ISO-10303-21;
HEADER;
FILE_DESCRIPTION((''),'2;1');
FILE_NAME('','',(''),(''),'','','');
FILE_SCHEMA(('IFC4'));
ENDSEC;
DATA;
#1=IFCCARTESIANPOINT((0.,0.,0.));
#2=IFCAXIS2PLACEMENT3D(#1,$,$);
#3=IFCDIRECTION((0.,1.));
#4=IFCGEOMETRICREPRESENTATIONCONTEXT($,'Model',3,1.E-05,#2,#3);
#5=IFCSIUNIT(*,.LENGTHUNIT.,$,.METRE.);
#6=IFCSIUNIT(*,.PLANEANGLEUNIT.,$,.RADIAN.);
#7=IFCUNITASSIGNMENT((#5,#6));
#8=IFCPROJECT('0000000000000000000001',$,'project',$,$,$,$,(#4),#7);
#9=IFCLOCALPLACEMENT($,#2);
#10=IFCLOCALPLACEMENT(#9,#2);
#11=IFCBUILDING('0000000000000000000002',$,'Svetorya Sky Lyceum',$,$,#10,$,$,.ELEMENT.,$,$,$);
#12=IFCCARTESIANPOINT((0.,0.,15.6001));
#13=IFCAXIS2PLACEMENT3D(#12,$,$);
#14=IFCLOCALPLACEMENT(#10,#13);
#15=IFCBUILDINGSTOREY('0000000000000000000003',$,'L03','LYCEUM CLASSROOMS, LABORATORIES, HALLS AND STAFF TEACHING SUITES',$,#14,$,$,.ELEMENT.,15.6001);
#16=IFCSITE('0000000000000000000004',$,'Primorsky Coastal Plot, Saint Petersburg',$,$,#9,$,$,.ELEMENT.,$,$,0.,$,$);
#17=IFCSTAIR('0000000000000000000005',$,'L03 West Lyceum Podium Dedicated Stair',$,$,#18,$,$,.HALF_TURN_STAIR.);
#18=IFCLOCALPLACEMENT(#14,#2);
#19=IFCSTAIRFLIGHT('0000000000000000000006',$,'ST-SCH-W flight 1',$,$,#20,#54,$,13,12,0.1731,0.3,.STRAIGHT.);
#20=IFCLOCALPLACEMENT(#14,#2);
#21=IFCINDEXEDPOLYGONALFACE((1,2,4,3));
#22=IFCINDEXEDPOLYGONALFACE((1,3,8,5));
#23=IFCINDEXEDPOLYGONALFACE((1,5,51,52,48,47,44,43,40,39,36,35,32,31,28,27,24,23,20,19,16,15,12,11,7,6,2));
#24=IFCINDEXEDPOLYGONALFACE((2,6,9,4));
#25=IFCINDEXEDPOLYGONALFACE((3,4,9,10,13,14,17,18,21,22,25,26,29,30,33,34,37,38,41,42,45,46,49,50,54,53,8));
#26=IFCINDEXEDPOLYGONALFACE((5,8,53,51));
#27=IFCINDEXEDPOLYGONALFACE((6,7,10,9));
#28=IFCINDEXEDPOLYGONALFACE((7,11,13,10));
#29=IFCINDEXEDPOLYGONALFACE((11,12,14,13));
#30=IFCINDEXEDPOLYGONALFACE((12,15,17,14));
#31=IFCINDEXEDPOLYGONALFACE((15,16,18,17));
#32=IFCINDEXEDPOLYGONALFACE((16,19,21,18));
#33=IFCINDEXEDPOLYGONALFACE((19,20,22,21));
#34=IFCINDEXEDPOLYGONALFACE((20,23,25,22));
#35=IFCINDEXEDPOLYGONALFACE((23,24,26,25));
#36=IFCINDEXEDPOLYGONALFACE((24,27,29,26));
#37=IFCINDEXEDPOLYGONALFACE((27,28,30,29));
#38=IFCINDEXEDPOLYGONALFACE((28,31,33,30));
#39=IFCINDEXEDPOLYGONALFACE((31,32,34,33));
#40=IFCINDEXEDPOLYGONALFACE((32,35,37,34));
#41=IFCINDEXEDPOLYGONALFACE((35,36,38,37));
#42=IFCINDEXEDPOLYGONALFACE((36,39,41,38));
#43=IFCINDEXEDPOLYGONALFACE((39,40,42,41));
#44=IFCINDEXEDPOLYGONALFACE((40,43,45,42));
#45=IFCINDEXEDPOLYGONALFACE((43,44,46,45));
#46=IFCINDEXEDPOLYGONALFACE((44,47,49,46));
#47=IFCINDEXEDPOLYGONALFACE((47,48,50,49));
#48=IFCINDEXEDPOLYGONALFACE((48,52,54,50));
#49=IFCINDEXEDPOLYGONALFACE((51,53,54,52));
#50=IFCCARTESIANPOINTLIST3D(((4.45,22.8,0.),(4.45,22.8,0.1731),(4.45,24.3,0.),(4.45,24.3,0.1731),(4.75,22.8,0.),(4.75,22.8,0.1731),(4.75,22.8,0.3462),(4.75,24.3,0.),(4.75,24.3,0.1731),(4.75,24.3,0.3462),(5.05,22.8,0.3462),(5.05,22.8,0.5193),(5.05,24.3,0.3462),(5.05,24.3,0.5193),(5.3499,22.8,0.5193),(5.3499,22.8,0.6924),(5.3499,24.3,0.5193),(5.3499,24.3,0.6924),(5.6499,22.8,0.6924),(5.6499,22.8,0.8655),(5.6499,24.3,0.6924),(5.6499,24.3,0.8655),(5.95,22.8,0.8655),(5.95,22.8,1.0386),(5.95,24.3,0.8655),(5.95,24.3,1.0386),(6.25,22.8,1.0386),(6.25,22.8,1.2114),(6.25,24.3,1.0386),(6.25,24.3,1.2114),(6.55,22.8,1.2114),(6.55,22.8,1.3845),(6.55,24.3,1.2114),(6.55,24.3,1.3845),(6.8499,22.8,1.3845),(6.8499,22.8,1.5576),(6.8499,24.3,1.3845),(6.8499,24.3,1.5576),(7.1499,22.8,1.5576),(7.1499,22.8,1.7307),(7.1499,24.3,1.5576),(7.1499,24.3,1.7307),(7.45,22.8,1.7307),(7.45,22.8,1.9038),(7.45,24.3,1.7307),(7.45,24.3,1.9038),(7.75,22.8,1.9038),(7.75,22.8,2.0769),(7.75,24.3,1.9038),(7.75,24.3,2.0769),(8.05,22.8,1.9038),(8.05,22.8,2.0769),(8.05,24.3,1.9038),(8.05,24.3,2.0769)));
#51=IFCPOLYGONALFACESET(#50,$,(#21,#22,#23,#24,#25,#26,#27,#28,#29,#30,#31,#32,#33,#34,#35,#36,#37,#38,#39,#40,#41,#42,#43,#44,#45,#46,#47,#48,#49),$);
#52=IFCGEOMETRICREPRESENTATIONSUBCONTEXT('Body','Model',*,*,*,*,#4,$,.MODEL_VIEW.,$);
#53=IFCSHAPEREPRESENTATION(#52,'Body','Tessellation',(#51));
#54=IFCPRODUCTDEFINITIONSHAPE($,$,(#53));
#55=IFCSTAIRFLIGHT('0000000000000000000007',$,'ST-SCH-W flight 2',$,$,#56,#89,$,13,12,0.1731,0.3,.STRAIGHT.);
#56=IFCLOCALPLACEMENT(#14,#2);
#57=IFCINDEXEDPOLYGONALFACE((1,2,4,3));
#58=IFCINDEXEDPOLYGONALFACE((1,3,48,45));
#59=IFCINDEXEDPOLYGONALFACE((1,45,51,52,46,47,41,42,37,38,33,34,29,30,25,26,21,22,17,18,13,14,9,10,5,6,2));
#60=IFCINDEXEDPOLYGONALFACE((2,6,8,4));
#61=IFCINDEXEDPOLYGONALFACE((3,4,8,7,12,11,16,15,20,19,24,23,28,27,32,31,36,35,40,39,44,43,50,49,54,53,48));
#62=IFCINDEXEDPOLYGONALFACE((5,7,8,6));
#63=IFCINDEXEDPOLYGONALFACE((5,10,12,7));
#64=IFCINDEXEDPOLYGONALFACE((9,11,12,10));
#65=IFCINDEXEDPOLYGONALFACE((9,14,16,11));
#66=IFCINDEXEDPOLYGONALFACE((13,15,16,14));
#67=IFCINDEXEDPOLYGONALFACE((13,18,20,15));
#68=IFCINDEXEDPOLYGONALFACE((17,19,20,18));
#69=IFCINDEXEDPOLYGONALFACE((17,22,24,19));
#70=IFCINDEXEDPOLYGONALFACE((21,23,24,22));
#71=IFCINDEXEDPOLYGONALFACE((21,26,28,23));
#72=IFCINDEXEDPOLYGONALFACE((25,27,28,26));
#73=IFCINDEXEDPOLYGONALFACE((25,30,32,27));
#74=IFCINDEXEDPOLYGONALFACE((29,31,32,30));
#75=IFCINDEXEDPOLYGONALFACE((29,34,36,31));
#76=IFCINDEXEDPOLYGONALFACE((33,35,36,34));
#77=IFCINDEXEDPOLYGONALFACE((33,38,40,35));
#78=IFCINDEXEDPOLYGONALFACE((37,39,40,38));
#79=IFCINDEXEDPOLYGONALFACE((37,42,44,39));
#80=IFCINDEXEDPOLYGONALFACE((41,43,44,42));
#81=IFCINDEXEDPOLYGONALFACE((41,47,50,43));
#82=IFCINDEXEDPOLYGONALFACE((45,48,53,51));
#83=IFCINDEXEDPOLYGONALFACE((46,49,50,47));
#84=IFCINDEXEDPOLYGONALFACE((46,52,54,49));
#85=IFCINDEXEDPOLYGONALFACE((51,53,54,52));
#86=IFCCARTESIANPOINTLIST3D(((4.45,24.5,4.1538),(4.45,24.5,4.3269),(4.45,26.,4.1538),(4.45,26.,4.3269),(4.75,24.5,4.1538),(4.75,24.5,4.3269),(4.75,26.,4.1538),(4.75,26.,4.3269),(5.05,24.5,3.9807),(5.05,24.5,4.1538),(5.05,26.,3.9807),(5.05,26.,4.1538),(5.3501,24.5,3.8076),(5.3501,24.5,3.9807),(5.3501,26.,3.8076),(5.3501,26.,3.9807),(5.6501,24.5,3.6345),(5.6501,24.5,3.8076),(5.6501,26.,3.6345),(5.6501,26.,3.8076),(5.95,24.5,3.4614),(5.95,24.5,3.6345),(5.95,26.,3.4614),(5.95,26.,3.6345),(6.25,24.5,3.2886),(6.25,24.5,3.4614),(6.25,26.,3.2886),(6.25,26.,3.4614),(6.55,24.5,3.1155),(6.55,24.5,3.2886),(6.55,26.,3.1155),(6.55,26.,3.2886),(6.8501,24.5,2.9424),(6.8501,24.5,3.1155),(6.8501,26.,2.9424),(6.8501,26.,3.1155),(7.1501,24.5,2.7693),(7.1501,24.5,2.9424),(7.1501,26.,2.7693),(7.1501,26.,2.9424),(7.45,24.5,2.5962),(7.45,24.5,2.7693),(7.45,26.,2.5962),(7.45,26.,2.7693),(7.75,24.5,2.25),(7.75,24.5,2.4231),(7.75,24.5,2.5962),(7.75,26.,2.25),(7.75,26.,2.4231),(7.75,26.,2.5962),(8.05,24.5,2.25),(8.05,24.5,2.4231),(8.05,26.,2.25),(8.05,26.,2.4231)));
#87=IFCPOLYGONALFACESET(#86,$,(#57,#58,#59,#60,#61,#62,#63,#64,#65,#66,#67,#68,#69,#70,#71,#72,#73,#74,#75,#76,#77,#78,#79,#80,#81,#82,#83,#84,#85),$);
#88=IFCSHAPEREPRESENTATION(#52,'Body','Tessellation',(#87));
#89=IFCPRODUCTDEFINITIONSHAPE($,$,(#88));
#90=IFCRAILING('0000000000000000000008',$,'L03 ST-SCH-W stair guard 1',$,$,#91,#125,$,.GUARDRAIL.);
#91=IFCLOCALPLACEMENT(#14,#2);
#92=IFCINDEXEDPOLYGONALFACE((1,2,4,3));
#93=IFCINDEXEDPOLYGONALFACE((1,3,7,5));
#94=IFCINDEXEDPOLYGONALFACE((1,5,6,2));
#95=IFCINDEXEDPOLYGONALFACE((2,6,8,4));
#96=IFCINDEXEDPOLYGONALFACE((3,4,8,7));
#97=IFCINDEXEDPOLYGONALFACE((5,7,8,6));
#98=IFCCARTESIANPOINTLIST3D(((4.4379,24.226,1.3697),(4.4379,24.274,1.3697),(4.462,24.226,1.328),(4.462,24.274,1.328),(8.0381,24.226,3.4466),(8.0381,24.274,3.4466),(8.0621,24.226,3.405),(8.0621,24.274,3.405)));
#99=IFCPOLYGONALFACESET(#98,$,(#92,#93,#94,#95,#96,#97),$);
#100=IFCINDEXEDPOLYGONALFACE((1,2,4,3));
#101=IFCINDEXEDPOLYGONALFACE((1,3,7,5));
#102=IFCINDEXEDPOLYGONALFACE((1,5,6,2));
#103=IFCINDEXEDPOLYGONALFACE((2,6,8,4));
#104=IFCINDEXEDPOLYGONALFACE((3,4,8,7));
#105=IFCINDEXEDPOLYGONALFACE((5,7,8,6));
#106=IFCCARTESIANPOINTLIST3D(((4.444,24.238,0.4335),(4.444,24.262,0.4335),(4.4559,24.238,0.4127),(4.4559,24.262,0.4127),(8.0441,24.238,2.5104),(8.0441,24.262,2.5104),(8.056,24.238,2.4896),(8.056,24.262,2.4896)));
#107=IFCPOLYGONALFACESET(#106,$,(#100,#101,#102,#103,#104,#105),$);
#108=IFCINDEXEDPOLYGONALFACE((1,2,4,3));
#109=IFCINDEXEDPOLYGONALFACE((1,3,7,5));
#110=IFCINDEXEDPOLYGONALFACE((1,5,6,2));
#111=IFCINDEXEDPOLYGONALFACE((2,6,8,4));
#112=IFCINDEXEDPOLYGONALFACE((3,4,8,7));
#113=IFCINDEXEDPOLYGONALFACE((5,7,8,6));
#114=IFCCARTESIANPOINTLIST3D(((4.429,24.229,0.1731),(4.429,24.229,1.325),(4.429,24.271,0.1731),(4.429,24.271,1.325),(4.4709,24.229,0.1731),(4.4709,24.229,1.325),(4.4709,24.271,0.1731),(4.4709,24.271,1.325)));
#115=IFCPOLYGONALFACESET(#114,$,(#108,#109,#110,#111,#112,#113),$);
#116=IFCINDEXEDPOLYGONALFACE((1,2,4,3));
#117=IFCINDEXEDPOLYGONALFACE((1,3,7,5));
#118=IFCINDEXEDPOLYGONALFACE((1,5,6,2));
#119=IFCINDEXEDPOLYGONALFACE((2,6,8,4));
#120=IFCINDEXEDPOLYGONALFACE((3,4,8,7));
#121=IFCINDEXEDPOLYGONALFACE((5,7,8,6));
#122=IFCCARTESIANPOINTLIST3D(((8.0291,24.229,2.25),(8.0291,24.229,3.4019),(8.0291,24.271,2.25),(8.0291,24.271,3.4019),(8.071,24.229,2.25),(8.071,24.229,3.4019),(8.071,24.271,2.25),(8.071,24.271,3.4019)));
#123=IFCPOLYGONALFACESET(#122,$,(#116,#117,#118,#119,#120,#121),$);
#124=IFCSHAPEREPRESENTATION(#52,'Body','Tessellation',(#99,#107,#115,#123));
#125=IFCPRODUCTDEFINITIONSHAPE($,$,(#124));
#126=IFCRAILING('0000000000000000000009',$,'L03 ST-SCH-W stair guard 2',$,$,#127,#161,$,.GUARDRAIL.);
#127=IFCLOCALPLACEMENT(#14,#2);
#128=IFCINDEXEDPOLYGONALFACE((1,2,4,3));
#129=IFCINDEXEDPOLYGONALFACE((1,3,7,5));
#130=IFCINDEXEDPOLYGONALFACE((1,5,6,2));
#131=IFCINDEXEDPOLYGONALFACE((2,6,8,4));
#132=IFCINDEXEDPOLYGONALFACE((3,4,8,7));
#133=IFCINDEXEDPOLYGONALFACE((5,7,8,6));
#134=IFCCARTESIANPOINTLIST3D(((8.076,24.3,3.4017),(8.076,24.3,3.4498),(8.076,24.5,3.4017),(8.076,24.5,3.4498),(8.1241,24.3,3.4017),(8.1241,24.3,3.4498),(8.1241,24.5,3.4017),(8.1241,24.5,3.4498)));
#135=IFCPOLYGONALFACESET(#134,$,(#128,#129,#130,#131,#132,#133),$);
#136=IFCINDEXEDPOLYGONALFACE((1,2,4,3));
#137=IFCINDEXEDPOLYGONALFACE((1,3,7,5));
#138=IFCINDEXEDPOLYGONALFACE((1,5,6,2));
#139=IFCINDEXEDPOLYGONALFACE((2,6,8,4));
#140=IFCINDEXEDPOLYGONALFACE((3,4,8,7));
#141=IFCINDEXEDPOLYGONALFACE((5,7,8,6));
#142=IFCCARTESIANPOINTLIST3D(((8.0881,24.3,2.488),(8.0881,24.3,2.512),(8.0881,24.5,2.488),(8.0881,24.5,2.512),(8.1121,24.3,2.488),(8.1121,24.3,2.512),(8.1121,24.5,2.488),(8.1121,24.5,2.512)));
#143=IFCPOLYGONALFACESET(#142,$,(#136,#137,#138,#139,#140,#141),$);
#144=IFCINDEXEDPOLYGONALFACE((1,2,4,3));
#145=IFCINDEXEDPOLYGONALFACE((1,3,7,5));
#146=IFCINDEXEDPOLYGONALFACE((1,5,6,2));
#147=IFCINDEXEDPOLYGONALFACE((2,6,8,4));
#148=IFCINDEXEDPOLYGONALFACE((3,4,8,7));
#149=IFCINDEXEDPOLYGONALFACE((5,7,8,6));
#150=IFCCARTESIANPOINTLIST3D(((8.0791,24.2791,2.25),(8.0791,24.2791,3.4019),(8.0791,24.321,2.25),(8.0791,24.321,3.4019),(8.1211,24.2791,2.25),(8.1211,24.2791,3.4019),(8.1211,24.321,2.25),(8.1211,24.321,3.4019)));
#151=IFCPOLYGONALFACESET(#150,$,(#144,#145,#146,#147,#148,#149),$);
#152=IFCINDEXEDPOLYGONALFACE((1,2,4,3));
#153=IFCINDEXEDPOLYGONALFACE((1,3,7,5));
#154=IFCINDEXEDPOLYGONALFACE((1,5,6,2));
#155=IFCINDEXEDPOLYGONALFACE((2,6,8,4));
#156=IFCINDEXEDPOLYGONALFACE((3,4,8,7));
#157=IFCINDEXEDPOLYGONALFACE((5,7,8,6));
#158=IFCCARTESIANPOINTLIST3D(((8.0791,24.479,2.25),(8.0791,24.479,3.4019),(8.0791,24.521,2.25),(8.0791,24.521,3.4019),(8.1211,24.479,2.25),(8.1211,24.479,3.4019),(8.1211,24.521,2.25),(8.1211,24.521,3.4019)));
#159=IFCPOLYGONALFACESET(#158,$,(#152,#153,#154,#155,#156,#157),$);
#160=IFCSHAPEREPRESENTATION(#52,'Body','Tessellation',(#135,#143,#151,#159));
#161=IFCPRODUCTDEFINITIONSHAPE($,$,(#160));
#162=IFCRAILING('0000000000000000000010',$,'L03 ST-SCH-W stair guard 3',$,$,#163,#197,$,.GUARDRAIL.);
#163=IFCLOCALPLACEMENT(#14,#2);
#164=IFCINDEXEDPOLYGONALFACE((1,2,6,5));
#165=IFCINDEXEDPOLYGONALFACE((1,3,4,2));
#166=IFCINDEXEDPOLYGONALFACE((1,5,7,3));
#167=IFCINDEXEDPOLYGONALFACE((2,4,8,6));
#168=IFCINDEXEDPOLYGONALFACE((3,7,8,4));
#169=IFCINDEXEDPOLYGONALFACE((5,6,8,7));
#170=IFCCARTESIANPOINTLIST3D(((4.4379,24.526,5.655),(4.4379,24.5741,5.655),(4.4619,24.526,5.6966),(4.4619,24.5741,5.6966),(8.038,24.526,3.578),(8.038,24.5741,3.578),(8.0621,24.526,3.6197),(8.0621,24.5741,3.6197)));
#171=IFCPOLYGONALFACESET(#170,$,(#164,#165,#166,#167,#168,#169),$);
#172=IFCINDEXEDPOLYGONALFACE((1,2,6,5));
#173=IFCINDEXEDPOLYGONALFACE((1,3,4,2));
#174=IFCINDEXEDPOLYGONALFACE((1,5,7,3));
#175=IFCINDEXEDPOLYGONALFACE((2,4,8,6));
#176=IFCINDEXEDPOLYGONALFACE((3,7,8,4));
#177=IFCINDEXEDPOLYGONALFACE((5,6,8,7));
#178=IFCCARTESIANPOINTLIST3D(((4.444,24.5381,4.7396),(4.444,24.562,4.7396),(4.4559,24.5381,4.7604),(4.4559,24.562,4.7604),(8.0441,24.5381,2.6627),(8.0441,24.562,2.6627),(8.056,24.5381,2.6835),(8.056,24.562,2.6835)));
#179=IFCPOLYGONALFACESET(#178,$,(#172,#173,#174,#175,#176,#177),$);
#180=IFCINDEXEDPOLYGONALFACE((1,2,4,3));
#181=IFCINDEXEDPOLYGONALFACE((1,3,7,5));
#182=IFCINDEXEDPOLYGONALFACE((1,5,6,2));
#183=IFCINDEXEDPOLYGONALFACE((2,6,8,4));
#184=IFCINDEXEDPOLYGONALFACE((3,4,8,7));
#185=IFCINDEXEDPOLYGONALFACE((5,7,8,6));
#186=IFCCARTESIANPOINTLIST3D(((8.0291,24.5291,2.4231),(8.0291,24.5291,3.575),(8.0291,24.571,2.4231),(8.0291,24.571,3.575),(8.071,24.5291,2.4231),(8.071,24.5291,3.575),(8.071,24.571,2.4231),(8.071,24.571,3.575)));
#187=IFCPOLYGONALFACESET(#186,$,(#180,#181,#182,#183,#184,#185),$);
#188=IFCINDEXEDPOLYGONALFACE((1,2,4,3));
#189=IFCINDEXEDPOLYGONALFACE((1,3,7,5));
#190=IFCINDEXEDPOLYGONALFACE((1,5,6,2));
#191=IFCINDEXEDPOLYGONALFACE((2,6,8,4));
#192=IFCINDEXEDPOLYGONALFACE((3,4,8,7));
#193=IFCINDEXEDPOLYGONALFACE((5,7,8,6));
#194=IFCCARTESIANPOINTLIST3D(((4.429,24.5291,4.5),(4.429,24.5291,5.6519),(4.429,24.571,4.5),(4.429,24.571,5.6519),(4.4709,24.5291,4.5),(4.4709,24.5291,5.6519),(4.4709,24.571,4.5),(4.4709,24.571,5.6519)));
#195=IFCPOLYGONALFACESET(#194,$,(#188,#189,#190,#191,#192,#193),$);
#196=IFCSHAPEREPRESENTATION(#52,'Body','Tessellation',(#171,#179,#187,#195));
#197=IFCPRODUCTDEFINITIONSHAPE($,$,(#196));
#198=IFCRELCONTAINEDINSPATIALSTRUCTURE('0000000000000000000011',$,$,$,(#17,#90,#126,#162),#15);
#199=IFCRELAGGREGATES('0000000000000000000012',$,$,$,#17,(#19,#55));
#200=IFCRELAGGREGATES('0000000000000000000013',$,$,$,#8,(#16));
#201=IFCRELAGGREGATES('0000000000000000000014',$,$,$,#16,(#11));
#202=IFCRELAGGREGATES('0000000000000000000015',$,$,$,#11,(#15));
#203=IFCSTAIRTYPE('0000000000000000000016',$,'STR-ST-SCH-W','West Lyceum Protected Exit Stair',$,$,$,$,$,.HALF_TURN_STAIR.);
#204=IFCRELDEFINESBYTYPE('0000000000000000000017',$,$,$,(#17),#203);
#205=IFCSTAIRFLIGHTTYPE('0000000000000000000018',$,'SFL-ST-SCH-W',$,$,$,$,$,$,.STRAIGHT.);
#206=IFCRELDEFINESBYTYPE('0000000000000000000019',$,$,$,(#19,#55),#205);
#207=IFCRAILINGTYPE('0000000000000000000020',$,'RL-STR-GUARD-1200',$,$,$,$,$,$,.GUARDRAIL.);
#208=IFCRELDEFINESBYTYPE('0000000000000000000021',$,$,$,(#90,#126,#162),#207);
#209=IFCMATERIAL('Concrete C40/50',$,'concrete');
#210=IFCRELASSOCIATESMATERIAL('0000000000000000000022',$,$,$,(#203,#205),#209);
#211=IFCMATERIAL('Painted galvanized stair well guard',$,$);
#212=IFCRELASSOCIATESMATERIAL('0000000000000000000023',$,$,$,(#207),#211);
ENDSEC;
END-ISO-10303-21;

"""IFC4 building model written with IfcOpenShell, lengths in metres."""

from ifc_helpers import new_model, si_unit, direction, frame, origin, origin_2d, place, context, subcontext, project, spatial, polyline, rectangle, outline, extrude, material, type_object, element, aggregate, save


model = new_model("IFC4")

# Units and contexts
model_context = context("Model", 3, precision=1e-05, world=origin(), true_north=direction((0.0, 1.0)))
body_context = subcontext(model_context, "Body", "Model", "MODEL_VIEW")
ifc_project = project(units=[si_unit("LENGTHUNIT", "METRE"), si_unit("PLANEANGLEUNIT", "RADIAN")], contexts=[model_context])

# Site, building, storey
site_placement = place(None, origin())
site = spatial("IfcSite", under=ifc_project, at=site_placement, Name="Primorsky Coastal Plot, Saint Petersburg", CompositionType="ELEMENT", RefElevation=0.0)
building_placement = place(site_placement, origin())
building = spatial("IfcBuilding", under=site, at=building_placement, Name="Svetorya Sky Lyceum", CompositionType="ELEMENT")
storey_placement = place(building_placement, frame((0.0, 0.0, 15.6001)))
storey = spatial("IfcBuildingStorey", under=building, at=storey_placement, Name="L03", Description="LYCEUM CLASSROOMS, LABORATORIES, HALLS AND STAFF TEACHING SUITES", CompositionType="ELEMENT", Elevation=15.6001)

# Stair, stair flights
ifc_material_1 = material(Name="Concrete C40/50", Category="concrete")
stair_type = type_object("IfcStairType", Name="STR-ST-SCH-W", Description="West Lyceum Protected Exit Stair", PredefinedType="HALF_TURN_STAIR", material=ifc_material_1)
stair_placement = place(storey_placement, origin())
stair = element("IfcStair", 1, at=stair_placement, inside=storey, type_object=stair_type, Name="L03 West Lyceum Podium Dedicated Stair", PredefinedType="HALF_TURN_STAIR")
stair_flight_type = type_object("IfcStairFlightType", Name="SFL-ST-SCH-W", PredefinedType="STRAIGHT", material=ifc_material_1)
stair_flight_1_placement = place(storey_placement, frame((4.45, 23.55, 0.0), z_axis=(0.0, 0.0, 1.0), x_axis=(1.0, 0.0, 0.0)))
stair_flight_1 = element("IfcStairFlight", 2, at=stair_flight_1_placement, type_object=stair_flight_type, Name="ST-SCH-W flight 1", NumberOfRisers=13, NumberOfTreads=12, PredefinedType="STRAIGHT", RiserHeight=0.1731, TreadLength=0.3, context=body_context, shape_type="SweptSolid", body=[
    extrude(outline(polyline([(0.0, 0.0), (0.0, 0.1731), (0.3, 0.1731), (0.3, 0.3462), (0.6001, 0.3462), (0.6001, 0.5193), (0.8999, 0.5193), (0.8999, 0.6924), (1.2, 0.6924), (1.2, 0.8655), (1.5, 0.8655), (1.5, 1.0386), (1.8, 1.0386), (1.8, 1.2114), (2.1001, 1.2114), (2.1001, 1.3845), (2.3999, 1.3845), (2.3999, 1.5576), (2.7, 1.5576), (2.7, 1.7307), (3.0, 1.7307), (3.0, 1.9038), (3.3, 1.9038), (3.3, 2.0769), (3.6001, 2.0769), (3.6001, 2.25), (3.6001, 1.9038), (0.3, 0.0), (0.0, 0.0)])), frame((0.0, 0.75, 0.0), z_axis=(0.0, -1.0, 0.0), x_axis=(1.0, 0.0, 0.0)), (0.0, 0.0, 1.0), 1.5),
])
stair_flight_2_placement = place(storey_placement, frame((8.05, 25.25, 2.25), z_axis=(0.0, 0.0, 1.0), x_axis=(-1.0, 0.0, 0.0)))
stair_flight_2 = element("IfcStairFlight", 3, at=stair_flight_2_placement, type_object=stair_flight_type, Name="ST-SCH-W flight 2", NumberOfRisers=13, NumberOfTreads=12, PredefinedType="STRAIGHT", RiserHeight=0.1731, TreadLength=0.3, context=body_context, shape_type="SweptSolid", body=[
    extrude(outline(polyline([(0.0, 0.0), (0.0, 0.1731), (0.3, 0.1731), (0.3, 0.3462), (0.6001, 0.3462), (0.6001, 0.5193), (0.8999, 0.5193), (0.8999, 0.6924), (1.2, 0.6924), (1.2, 0.8655), (1.5, 0.8655), (1.5, 1.0386), (1.8, 1.0386), (1.8, 1.2114), (2.1001, 1.2114), (2.1001, 1.3845), (2.3999, 1.3845), (2.3999, 1.5576), (2.7, 1.5576), (2.7, 1.7307), (3.0, 1.7307), (3.0, 1.9038), (3.3, 1.9038), (3.3, 2.0769), (3.6001, 2.0769), (3.6001, 2.25), (3.6001, 1.9038), (0.3, 0.0), (0.0, 0.0)])), frame((0.0, 0.75, 0.0), z_axis=(0.0, -1.0, 0.0), x_axis=(1.0, 0.0, 0.0)), (0.0, 0.0, 1.0), 1.5),
])
aggregate(stair, [stair_flight_1, stair_flight_2])

# Railings
ifc_material_2 = material(Name="Painted galvanized stair well guard")
railing_type_1 = type_object("IfcRailingType", Name="RL-STR-GUARD-1200", PredefinedType="GUARDRAIL", material=ifc_material_2)
railing_1_placement = place(storey_placement, frame((4.45, 24.25, 0.1731)))
element("IfcRailing", 4, at=railing_1_placement, inside=storey, type_object=railing_type_1, Name="L03 ST-SCH-W stair guard 1", PredefinedType="GUARDRAIL", context=body_context, shape_type="SweptSolid", body=[
    extrude(rectangle(XDim=0.0481, YDim=0.0481, at=origin_2d()), frame((0.0, 0.0, 1.1758), z_axis=(0.866193, 0.0, 0.499709), x_axis=(0.0, 1.0, 0.0)), (0.0, 0.0, 1.0), 4.1562),
    extrude(rectangle(XDim=0.0239, YDim=0.0239, at=origin_2d()), frame((0.0, 0.0, 0.25), z_axis=(0.866193, 0.0, 0.499709), x_axis=(0.0, 1.0, 0.0)), (0.0, 0.0, 1.0), 4.1562),
    extrude(rectangle(XDim=0.042, YDim=0.042, at=origin_2d()), origin(), (0.0, 0.0, 1.0), 1.1519),
    extrude(rectangle(XDim=0.042, YDim=0.042, at=origin_2d()), frame((3.6001, 0.0, 2.0769)), (0.0, 0.0, 1.0), 1.1519),
])
railing_2_placement = place(storey_placement, frame((8.1001, 24.3, 2.25)))
element("IfcRailing", 5, at=railing_2_placement, inside=storey, type_object=railing_type_1, Name="L03 ST-SCH-W stair guard 2", PredefinedType="GUARDRAIL", context=body_context, shape_type="SweptSolid", body=[
    extrude(rectangle(XDim=0.0481, YDim=0.0481, at=origin_2d()), frame((0.0, 0.0, 1.1758), z_axis=(0.0, 1.0, 0.0), x_axis=(-1.0, 0.0, 0.0)), (0.0, 0.0, 1.0), 0.2),
    extrude(rectangle(XDim=0.0239, YDim=0.0239, at=origin_2d()), frame((0.0, 0.0, 0.25), z_axis=(0.0, 1.0, 0.0), x_axis=(-1.0, 0.0, 0.0)), (0.0, 0.0, 1.0), 0.2),
    extrude(rectangle(XDim=0.042, YDim=0.042, at=origin_2d()), origin(), (0.0, 0.0, 1.0), 1.1519),
    extrude(rectangle(XDim=0.042, YDim=0.042, at=origin_2d()), frame((0.0, 0.2, 0.0)), (0.0, 0.0, 1.0), 1.1519),
])
railing_3_placement = place(storey_placement, frame((8.05, 24.55, 2.4231)))
element("IfcRailing", 6, at=railing_3_placement, inside=storey, type_object=railing_type_1, Name="L03 ST-SCH-W stair guard 3", PredefinedType="GUARDRAIL", context=body_context, shape_type="SweptSolid", body=[
    extrude(rectangle(XDim=0.0481, YDim=0.0481, at=origin_2d()), frame((0.0, 0.0, 1.1758), z_axis=(-0.866193, 0.0, 0.499709), x_axis=(0.0, -1.0, 0.0)), (0.0, 0.0, 1.0), 4.1562),
    extrude(rectangle(XDim=0.0239, YDim=0.0239, at=origin_2d()), frame((0.0, 0.0, 0.25), z_axis=(-0.866193, 0.0, 0.499709), x_axis=(0.0, -1.0, 0.0)), (0.0, 0.0, 1.0), 4.1562),
    extrude(rectangle(XDim=0.042, YDim=0.042, at=origin_2d()), origin(), (0.0, 0.0, 1.0), 1.1519),
    extrude(rectangle(XDim=0.042, YDim=0.042, at=origin_2d()), frame((-3.6001, 0.0, 2.0769)), (0.0, 0.0, 1.0), 1.1519),
])

save(model, "model.ifc")
